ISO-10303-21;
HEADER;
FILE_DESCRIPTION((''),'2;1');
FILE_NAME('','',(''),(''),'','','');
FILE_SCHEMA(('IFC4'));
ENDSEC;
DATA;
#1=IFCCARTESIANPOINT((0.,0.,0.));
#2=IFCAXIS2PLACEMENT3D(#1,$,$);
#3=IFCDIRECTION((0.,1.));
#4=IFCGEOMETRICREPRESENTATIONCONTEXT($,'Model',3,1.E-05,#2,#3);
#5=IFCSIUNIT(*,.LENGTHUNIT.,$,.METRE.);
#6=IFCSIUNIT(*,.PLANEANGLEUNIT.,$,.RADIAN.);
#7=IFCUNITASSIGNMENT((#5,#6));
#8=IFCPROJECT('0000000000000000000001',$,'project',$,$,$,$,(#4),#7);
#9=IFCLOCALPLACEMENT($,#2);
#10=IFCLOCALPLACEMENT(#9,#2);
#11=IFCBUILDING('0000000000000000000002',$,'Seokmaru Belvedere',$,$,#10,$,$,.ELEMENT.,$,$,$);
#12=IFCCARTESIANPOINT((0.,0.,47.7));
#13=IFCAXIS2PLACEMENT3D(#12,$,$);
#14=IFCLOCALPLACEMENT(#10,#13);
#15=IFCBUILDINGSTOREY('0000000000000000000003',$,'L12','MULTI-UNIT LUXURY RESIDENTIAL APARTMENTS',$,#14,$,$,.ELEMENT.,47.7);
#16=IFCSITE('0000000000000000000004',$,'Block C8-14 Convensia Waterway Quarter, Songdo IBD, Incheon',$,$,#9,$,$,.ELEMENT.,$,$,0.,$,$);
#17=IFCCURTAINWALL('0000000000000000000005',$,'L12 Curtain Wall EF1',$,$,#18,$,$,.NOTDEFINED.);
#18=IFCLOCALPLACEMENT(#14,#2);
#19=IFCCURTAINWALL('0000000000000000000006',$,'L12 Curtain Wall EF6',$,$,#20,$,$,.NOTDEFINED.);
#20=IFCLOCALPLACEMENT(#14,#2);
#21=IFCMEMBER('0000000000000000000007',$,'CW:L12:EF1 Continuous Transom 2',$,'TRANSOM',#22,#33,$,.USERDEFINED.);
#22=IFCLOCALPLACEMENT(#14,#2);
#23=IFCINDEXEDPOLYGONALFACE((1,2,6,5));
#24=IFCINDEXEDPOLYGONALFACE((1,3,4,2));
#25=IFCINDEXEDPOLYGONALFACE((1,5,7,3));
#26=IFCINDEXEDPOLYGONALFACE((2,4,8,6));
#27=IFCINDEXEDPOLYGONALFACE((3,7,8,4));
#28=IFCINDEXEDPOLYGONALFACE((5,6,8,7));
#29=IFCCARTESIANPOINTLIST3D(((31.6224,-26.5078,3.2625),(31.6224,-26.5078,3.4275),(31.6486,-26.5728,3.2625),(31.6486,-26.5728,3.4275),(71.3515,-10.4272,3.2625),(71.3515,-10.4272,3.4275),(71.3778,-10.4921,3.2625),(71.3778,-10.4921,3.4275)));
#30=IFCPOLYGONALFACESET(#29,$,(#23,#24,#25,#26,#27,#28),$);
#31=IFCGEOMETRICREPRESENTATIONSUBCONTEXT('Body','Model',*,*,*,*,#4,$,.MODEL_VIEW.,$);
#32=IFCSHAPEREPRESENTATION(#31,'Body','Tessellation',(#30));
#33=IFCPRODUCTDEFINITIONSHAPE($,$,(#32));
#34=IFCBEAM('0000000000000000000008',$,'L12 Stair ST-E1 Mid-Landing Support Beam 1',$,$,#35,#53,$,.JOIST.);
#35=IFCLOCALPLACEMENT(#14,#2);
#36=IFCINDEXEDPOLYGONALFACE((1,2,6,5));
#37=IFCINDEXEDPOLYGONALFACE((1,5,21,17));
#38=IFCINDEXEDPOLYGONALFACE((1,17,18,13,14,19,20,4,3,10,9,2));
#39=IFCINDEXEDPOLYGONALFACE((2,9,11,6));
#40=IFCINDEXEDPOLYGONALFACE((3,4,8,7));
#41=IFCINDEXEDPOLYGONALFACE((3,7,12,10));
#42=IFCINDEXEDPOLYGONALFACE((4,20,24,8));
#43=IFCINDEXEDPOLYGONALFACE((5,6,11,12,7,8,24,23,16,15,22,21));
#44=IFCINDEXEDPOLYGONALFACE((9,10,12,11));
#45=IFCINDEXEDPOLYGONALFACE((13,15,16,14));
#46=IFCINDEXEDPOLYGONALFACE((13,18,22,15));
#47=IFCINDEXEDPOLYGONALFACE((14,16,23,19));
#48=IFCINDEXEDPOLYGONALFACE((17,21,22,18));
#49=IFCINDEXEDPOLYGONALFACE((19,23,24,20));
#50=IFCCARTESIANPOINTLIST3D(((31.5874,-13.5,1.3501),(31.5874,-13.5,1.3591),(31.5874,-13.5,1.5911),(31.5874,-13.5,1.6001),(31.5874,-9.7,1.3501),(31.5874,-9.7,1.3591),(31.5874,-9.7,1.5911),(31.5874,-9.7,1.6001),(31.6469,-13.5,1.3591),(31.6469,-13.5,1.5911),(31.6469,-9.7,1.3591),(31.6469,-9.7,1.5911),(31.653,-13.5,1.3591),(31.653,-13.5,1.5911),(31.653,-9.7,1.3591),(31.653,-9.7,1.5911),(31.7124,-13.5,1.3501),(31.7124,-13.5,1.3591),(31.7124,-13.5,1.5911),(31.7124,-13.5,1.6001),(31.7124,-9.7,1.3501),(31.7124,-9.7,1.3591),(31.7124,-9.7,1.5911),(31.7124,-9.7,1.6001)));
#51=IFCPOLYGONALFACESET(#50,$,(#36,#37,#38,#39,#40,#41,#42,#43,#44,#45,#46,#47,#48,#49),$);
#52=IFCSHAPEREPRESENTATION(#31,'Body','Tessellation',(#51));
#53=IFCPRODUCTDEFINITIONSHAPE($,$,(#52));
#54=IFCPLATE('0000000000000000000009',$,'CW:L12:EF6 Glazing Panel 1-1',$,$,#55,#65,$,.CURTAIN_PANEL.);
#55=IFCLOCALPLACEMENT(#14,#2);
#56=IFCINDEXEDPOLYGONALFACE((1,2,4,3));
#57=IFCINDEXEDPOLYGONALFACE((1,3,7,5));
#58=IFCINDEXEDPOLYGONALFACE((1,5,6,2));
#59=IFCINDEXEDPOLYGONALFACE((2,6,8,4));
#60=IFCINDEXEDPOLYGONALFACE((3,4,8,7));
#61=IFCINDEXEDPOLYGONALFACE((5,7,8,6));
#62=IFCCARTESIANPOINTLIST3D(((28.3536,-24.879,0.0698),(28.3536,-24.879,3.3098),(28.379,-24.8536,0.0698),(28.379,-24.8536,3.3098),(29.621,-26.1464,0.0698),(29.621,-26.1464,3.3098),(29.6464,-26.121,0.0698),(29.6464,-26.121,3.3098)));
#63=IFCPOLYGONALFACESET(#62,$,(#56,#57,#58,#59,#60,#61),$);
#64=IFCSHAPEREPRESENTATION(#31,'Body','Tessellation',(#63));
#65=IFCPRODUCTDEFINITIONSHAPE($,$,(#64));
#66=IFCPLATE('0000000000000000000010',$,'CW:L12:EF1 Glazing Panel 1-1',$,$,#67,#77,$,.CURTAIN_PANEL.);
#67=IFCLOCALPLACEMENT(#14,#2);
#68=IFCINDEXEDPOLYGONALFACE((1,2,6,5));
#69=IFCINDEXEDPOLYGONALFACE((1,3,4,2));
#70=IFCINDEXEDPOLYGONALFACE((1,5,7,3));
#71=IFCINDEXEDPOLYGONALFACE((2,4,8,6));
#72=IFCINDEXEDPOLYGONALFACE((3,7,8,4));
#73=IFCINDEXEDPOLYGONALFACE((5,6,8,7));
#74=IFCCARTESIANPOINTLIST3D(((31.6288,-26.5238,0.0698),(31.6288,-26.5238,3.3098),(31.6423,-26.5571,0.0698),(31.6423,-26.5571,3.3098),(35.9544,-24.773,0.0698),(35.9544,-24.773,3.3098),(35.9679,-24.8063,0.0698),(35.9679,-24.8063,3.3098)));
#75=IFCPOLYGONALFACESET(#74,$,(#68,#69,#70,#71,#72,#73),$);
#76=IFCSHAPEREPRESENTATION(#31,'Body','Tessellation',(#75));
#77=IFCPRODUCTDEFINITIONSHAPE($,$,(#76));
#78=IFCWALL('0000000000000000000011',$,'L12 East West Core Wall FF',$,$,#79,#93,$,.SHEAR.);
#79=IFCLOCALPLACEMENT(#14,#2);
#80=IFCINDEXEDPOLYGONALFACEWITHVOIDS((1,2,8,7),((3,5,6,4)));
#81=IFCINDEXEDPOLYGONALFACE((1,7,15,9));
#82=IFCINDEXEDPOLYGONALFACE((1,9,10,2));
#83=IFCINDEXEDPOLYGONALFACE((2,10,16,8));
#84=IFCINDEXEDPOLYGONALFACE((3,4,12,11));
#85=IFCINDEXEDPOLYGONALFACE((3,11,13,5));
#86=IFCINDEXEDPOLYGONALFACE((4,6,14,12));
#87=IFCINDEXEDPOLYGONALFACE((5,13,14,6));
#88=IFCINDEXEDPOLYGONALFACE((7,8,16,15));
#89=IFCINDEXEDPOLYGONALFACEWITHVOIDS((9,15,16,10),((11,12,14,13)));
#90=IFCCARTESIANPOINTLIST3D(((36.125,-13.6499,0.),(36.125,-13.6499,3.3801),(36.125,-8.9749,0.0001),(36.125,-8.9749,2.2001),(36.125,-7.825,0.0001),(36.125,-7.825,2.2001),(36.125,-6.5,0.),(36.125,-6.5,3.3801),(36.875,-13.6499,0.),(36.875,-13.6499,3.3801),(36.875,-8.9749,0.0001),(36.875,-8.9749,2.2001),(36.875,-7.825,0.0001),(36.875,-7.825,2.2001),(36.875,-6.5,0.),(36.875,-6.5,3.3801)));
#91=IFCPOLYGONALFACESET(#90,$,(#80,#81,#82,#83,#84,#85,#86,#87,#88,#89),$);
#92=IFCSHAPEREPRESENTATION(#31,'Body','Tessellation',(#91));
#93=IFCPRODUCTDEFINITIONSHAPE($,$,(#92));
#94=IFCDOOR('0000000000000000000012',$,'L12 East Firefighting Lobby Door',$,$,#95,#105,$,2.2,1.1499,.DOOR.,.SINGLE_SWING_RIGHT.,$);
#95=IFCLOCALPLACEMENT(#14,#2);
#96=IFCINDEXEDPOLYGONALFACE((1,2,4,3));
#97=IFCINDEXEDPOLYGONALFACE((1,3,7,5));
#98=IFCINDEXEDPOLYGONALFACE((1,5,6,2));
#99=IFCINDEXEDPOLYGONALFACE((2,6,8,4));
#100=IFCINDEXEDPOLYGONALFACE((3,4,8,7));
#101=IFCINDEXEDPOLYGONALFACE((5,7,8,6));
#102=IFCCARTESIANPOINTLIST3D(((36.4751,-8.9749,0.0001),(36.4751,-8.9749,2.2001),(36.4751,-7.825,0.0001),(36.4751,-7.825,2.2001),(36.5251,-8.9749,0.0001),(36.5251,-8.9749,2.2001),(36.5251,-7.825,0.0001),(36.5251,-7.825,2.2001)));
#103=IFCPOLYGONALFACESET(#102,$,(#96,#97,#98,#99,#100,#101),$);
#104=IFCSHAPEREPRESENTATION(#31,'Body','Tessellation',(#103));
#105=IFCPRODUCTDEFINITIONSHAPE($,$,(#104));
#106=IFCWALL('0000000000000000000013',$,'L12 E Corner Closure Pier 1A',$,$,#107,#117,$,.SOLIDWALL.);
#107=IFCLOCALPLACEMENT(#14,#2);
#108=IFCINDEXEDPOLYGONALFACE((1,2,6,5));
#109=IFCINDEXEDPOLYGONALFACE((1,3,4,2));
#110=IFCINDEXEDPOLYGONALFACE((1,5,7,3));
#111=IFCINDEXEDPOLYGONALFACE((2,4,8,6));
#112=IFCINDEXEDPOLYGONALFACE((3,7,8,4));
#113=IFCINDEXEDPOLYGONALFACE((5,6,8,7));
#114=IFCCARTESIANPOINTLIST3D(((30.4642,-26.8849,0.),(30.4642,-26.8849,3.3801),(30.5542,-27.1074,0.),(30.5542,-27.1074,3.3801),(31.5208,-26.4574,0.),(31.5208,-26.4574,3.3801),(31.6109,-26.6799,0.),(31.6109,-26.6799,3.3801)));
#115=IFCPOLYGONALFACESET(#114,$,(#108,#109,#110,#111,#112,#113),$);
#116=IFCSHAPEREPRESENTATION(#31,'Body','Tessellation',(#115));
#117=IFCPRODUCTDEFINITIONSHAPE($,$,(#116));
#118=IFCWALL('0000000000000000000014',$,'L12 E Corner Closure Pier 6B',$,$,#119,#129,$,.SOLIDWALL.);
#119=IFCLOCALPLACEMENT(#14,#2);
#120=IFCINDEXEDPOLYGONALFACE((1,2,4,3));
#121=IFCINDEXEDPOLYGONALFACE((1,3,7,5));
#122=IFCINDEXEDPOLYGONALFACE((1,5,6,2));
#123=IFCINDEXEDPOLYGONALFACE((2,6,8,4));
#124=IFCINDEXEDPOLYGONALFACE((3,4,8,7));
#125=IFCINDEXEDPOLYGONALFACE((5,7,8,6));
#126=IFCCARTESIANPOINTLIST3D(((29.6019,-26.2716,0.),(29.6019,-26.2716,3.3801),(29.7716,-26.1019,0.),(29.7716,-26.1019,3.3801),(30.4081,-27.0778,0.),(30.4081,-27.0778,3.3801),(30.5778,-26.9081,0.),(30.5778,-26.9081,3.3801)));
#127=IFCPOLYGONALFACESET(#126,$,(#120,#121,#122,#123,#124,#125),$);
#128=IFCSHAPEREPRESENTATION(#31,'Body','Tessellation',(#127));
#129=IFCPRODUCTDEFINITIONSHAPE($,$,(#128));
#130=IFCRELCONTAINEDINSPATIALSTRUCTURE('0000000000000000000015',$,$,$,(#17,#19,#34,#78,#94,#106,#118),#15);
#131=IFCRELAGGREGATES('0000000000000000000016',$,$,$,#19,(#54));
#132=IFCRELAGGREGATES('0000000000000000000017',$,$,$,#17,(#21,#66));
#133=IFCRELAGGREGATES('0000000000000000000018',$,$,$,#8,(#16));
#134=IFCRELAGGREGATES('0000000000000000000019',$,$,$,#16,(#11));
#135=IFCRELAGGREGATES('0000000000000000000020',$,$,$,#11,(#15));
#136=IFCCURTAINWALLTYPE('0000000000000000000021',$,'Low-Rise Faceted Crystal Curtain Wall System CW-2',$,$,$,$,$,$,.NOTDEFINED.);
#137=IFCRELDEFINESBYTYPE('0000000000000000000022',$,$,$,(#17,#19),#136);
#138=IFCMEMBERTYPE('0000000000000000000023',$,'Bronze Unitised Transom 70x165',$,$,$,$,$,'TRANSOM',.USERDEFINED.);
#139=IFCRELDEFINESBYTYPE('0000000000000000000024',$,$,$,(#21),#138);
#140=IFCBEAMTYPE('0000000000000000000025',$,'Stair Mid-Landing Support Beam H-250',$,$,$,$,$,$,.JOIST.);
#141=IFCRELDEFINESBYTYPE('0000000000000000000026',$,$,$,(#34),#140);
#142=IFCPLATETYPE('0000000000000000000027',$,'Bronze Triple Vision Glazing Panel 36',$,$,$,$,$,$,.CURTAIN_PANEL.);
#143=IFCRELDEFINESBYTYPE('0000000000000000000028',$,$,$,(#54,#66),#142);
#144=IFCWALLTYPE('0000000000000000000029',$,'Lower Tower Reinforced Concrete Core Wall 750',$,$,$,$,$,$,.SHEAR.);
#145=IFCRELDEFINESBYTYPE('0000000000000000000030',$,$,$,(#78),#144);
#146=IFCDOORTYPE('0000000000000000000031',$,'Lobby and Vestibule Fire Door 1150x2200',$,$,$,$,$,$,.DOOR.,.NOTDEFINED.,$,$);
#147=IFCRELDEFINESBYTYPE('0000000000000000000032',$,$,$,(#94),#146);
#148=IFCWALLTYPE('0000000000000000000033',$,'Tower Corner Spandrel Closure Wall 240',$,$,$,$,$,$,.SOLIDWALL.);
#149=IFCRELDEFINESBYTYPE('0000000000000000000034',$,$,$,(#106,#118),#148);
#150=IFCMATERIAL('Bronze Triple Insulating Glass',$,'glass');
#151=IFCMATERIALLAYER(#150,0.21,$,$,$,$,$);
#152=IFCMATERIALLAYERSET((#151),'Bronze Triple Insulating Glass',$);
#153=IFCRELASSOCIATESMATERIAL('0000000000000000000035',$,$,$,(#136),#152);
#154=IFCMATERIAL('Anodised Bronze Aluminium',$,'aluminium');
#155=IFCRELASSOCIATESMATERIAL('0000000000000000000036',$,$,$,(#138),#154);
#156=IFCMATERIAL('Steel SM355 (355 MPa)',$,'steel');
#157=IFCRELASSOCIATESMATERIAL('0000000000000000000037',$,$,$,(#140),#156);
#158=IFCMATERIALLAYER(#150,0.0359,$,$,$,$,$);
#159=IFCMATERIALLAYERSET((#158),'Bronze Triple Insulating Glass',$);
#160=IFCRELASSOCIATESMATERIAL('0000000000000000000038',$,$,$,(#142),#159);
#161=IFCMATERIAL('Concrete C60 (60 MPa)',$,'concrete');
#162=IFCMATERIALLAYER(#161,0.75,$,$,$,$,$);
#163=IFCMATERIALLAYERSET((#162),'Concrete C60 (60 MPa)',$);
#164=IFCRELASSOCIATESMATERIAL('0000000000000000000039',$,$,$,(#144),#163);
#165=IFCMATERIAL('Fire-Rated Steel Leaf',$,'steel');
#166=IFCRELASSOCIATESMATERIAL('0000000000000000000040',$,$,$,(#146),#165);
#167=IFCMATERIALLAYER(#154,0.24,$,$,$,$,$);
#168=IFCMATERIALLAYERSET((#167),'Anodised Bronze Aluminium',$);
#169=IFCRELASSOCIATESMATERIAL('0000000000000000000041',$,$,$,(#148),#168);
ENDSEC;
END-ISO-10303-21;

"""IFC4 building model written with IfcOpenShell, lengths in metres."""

from ifc_helpers import new_model, si_unit, direction, frame, frame_2d, origin, origin_2d, place, context, subcontext, project, spatial, rectangle, i_section, extrude, source, transform, mapped, material, layer, layer_set, material_profile, profile_set, type_object, type_shapes, element, fill, aggregate, save


model = new_model("IFC4")

# Units and contexts
model_context = context("Model", 3, precision=1e-05, world=origin(), true_north=direction((0.0, 1.0)))
body_context = subcontext(model_context, "Body", "Model", "MODEL_VIEW")
ifc_project = project(units=[si_unit("LENGTHUNIT", "METRE"), si_unit("PLANEANGLEUNIT", "RADIAN")], contexts=[model_context])

# Site, building, storey
site_placement = place(None, origin())
site = spatial("IfcSite", under=ifc_project, at=site_placement, Name="Block C8-14 Convensia Waterway Quarter, Songdo IBD, Incheon", CompositionType="ELEMENT", RefElevation=0.0)
building_placement = place(site_placement, origin())
building = spatial("IfcBuilding", under=site, at=building_placement, Name="Seokmaru Belvedere", CompositionType="ELEMENT")
storey_placement = place(building_placement, frame((0.0, 0.0, 47.7)))
storey = spatial("IfcBuildingStorey", under=building, at=storey_placement, Name="L12", Description="MULTI-UNIT LUXURY RESIDENTIAL APARTMENTS", CompositionType="ELEMENT", Elevation=47.7)

# Shared definitions
ifc_material_1 = material(Name="Steel SM355 (355 MPa)", Category="steel")

# Curtain walls
ifc_material_2 = material(Name="Bronze Triple Insulating Glass", Category="glass")
ifc_layer_1 = layer(ifc_material_2, 0.21)
ifc_layer_set_1 = layer_set([ifc_layer_1], Name="Bronze Triple Insulating Glass")
curtain_wall_type = type_object("IfcCurtainWallType", Name="Low-Rise Faceted Crystal Curtain Wall System CW-2", PredefinedType="NOTDEFINED", material=ifc_layer_set_1)
curtain_wall_1_placement = place(storey_placement, origin())
curtain_wall_1 = element("IfcCurtainWall", 1, at=curtain_wall_1_placement, inside=storey, type_object=curtain_wall_type, Name="L12 Curtain Wall EF1", PredefinedType="NOTDEFINED")
ifc_material_3 = material(Name="Anodised Bronze Aluminium", Category="aluminium")
curtain_wall_2_placement = place(storey_placement, origin())
curtain_wall_2 = element("IfcCurtainWall", 2, at=curtain_wall_2_placement, inside=storey, type_object=curtain_wall_type, Name="L12 Curtain Wall EF6", PredefinedType="NOTDEFINED")

# Member
ifc_material_profile_1 = material_profile(ifc_material_3, rectangle(XDim=0.0701, YDim=0.165, at=origin_2d()), Name="CW-T-70x165")
ifc_profile_set_1 = profile_set([ifc_material_profile_1], Name="Anodised Bronze Aluminium")
member_type_1 = type_object("IfcMemberType", Name="Bronze Unitised Transom 70x165", ElementType="TRANSOM", PredefinedType="USERDEFINED", material=ifc_profile_set_1)
shared_shape_1 = source(origin(), body_context, "Body", "SweptSolid", [
    extrude(rectangle(XDim=0.0701, YDim=0.165, at=origin_2d()), origin(), (0.0, 0.0, 1.0), 42.8601),
])
type_shapes(member_type_1, [shared_shape_1])
member_1_placement = place(storey_placement, frame((31.6355, -26.5403, 3.345), z_axis=(0.926949, 0.375188, 0.0), x_axis=(-0.375188, 0.926949, 0.0)))
member_1 = element("IfcMember", 3, at=member_1_placement, type_object=member_type_1, Name="CW:L12:EF1 Continuous Transom 2", ObjectType="TRANSOM", PredefinedType="USERDEFINED", context=body_context, shape_type="MappedRepresentation", body=[
    mapped(shared_shape_1, transform((0.0, 0.0, 0.0), scale=1.0)),
])

# Beam
ifc_material_profile_2 = material_profile(ifc_material_1, i_section(OverallWidth=0.125, OverallDepth=0.25, WebThickness=0.0061, FlangeThickness=0.009, at=origin_2d()), Name="H-250x125x6x9")
ifc_profile_set_2 = profile_set([ifc_material_profile_2], Name="Steel SM355 (355 MPa)")
beam_type_1 = type_object("IfcBeamType", Name="Stair Mid-Landing Support Beam H-250", PredefinedType="JOIST", material=ifc_profile_set_2)
shared_shape_2 = source(origin(), body_context, "Body", "SweptSolid", [
    extrude(i_section(OverallWidth=0.125, OverallDepth=0.25, WebThickness=0.0061, FlangeThickness=0.009, at=origin_2d()), origin(), (0.0, 0.0, 1.0), 3.8),
])
type_shapes(beam_type_1, [shared_shape_2])
beam_1_placement = place(storey_placement, frame((31.6499, -13.5, 1.4751), z_axis=(0.0, 1.0, 0.0), x_axis=(-1.0, 0.0, 0.0)))
element("IfcBeam", 4, at=beam_1_placement, inside=storey, type_object=beam_type_1, Name="L12 Stair ST-E1 Mid-Landing Support Beam 1", PredefinedType="JOIST", context=body_context, shape_type="MappedRepresentation", body=[
    mapped(shared_shape_2, transform((0.0, 0.0, 0.0), scale=1.0)),
])

# Plates
ifc_layer_2 = layer(ifc_material_2, 0.0359)
ifc_layer_set_2 = layer_set([ifc_layer_2], Name="Bronze Triple Insulating Glass")
plate_type = type_object("IfcPlateType", Name="Bronze Triple Vision Glazing Panel 36", PredefinedType="CURTAIN_PANEL", material=ifc_layer_set_2)
shared_shape_3 = source(origin(), body_context, "Body", "SweptSolid", [
    extrude(rectangle(XDim=1.7925, YDim=0.0359, at=origin_2d()), origin(), (0.0, 0.0, 1.0), 3.24),
])
plate_1_placement = place(storey_placement, frame((29.0, -25.5, 0.0698), z_axis=(0.0, 0.0, 1.0), x_axis=(0.707107, -0.707107, 0.0)))
plate_1 = element("IfcPlate", 5, at=plate_1_placement, type_object=plate_type, Name="CW:L12:EF6 Glazing Panel 1-1", PredefinedType="CURTAIN_PANEL", context=body_context, shape_type="MappedRepresentation", body=[
    mapped(shared_shape_3, transform((0.0, 0.0, 0.0), scale=1.0)),
])
aggregate(curtain_wall_2, [plate_1])
shared_shape_4 = source(origin(), body_context, "Body", "SweptSolid", [
    extrude(rectangle(XDim=4.6665, YDim=0.0359, at=origin_2d()), origin(), (0.0, 0.0, 1.0), 3.24),
])
type_shapes(plate_type, [shared_shape_3, shared_shape_4])
plate_2_placement = place(storey_placement, frame((33.7983, -25.665, 0.0698), z_axis=(0.0, 0.0, 1.0), x_axis=(0.926947, 0.375192, 0.0)))
plate_2 = element("IfcPlate", 6, at=plate_2_placement, type_object=plate_type, Name="CW:L12:EF1 Glazing Panel 1-1", PredefinedType="CURTAIN_PANEL", context=body_context, shape_type="MappedRepresentation", body=[
    mapped(shared_shape_4, transform((0.0, 0.0, 0.0), scale=1.0)),
])
aggregate(curtain_wall_1, [member_1, plate_2])

# Wall, opening, door
ifc_material_4 = material(Name="Concrete C60 (60 MPa)", Category="concrete")
ifc_layer_3 = layer(ifc_material_4, 0.75)
ifc_layer_set_3 = layer_set([ifc_layer_3], Name="Concrete C60 (60 MPa)")
wall_type_1 = type_object("IfcWallType", Name="Lower Tower Reinforced Concrete Core Wall 750", PredefinedType="SHEAR", material=ifc_layer_set_3)
wall_1_placement = place(storey_placement, frame((36.5, -13.6499, 0.0), z_axis=(0.0, 0.0, 1.0), x_axis=(0.0, 1.0, 0.0)))
wall_1 = element("IfcWall", 7, at=wall_1_placement, inside=storey, type_object=wall_type_1, Name="L12 East West Core Wall FF", PredefinedType="SHEAR", context=body_context, shape_type="SweptSolid", body=[
    extrude(rectangle(XDim=7.1499, YDim=0.75, at=frame_2d((3.575, 0.0))), origin(), (0.0, 0.0, 1.0), 3.3801),
])
opening_placement = place(wall_1_placement, frame((4.675, 0.0, 0.0)))
opening = element("IfcOpeningElement", 8, at=opening_placement, cuts=wall_1, PredefinedType="OPENING", context=body_context, shape_type="SweptSolid", body=[
    extrude(rectangle(XDim=1.1499, YDim=2.2, at=frame_2d((0.575, 1.1001))), frame((0.0, 0.385, 0.0), z_axis=(0.0, -1.0, 0.0), x_axis=(1.0, 0.0, 0.0)), (0.0, 0.0, 1.0), 0.77),
])
ifc_material_5 = material(Name="Fire-Rated Steel Leaf", Category="steel")
door_type = type_object("IfcDoorType", Name="Lobby and Vestibule Fire Door 1150x2200", OperationType="NOTDEFINED", PredefinedType="DOOR", material=ifc_material_5)
shared_shape_5 = source(origin(), body_context, "Body", "SweptSolid", [
    extrude(rectangle(XDim=1.1499, YDim=2.2, at=frame_2d((0.575, 1.1001))), frame((0.0, 0.0249, 0.0), z_axis=(0.0, -1.0, 0.0), x_axis=(1.0, 0.0, 0.0)), (0.0, 0.0, 1.0), 0.05),
])
type_shapes(door_type, [shared_shape_5])
door_placement = place(opening_placement, origin())
door = element("IfcDoor", 9, at=door_placement, inside=storey, type_object=door_type, Name="L12 East Firefighting Lobby Door", OperationType="SINGLE_SWING_RIGHT", OverallHeight=2.2, OverallWidth=1.1499, PredefinedType="DOOR", context=body_context, shape_type="MappedRepresentation", body=[
    mapped(shared_shape_5, transform((0.0, 0.0, 0.0), scale=1.0)),
])
fill(opening, door)

# Walls
ifc_layer_4 = layer(ifc_material_3, 0.24)
ifc_layer_set_4 = layer_set([ifc_layer_4], Name="Anodised Bronze Aluminium")
wall_type_2 = type_object("IfcWallType", Name="Tower Corner Spandrel Closure Wall 240", PredefinedType="SOLIDWALL", material=ifc_layer_set_4)
wall_2_placement = place(storey_placement, frame((30.5093, -26.9961, 0.0), z_axis=(0.0, 0.0, 1.0), x_axis=(0.927007, 0.375044, 0.0)))
element("IfcWall", 10, at=wall_2_placement, inside=storey, type_object=wall_type_2, Name="L12 E Corner Closure Pier 1A", PredefinedType="SOLIDWALL", context=body_context, shape_type="SweptSolid", body=[
    extrude(rectangle(XDim=1.1399, YDim=0.24, at=frame_2d((0.5698, 0.0))), origin(), (0.0, 0.0, 1.0), 3.3801),
])
wall_3_placement = place(storey_placement, frame((29.6868, -26.1868, 0.0), z_axis=(0.0, 0.0, 1.0), x_axis=(0.707107, -0.707107, 0.0)))
element("IfcWall", 11, at=wall_3_placement, inside=storey, type_object=wall_type_2, Name="L12 E Corner Closure Pier 6B", PredefinedType="SOLIDWALL", context=body_context, shape_type="SweptSolid", body=[
    extrude(rectangle(XDim=1.1401, YDim=0.24, at=frame_2d((0.5701, 0.0))), origin(), (0.0, 0.0, 1.0), 3.3801),
])

save(model, "model.ifc")
